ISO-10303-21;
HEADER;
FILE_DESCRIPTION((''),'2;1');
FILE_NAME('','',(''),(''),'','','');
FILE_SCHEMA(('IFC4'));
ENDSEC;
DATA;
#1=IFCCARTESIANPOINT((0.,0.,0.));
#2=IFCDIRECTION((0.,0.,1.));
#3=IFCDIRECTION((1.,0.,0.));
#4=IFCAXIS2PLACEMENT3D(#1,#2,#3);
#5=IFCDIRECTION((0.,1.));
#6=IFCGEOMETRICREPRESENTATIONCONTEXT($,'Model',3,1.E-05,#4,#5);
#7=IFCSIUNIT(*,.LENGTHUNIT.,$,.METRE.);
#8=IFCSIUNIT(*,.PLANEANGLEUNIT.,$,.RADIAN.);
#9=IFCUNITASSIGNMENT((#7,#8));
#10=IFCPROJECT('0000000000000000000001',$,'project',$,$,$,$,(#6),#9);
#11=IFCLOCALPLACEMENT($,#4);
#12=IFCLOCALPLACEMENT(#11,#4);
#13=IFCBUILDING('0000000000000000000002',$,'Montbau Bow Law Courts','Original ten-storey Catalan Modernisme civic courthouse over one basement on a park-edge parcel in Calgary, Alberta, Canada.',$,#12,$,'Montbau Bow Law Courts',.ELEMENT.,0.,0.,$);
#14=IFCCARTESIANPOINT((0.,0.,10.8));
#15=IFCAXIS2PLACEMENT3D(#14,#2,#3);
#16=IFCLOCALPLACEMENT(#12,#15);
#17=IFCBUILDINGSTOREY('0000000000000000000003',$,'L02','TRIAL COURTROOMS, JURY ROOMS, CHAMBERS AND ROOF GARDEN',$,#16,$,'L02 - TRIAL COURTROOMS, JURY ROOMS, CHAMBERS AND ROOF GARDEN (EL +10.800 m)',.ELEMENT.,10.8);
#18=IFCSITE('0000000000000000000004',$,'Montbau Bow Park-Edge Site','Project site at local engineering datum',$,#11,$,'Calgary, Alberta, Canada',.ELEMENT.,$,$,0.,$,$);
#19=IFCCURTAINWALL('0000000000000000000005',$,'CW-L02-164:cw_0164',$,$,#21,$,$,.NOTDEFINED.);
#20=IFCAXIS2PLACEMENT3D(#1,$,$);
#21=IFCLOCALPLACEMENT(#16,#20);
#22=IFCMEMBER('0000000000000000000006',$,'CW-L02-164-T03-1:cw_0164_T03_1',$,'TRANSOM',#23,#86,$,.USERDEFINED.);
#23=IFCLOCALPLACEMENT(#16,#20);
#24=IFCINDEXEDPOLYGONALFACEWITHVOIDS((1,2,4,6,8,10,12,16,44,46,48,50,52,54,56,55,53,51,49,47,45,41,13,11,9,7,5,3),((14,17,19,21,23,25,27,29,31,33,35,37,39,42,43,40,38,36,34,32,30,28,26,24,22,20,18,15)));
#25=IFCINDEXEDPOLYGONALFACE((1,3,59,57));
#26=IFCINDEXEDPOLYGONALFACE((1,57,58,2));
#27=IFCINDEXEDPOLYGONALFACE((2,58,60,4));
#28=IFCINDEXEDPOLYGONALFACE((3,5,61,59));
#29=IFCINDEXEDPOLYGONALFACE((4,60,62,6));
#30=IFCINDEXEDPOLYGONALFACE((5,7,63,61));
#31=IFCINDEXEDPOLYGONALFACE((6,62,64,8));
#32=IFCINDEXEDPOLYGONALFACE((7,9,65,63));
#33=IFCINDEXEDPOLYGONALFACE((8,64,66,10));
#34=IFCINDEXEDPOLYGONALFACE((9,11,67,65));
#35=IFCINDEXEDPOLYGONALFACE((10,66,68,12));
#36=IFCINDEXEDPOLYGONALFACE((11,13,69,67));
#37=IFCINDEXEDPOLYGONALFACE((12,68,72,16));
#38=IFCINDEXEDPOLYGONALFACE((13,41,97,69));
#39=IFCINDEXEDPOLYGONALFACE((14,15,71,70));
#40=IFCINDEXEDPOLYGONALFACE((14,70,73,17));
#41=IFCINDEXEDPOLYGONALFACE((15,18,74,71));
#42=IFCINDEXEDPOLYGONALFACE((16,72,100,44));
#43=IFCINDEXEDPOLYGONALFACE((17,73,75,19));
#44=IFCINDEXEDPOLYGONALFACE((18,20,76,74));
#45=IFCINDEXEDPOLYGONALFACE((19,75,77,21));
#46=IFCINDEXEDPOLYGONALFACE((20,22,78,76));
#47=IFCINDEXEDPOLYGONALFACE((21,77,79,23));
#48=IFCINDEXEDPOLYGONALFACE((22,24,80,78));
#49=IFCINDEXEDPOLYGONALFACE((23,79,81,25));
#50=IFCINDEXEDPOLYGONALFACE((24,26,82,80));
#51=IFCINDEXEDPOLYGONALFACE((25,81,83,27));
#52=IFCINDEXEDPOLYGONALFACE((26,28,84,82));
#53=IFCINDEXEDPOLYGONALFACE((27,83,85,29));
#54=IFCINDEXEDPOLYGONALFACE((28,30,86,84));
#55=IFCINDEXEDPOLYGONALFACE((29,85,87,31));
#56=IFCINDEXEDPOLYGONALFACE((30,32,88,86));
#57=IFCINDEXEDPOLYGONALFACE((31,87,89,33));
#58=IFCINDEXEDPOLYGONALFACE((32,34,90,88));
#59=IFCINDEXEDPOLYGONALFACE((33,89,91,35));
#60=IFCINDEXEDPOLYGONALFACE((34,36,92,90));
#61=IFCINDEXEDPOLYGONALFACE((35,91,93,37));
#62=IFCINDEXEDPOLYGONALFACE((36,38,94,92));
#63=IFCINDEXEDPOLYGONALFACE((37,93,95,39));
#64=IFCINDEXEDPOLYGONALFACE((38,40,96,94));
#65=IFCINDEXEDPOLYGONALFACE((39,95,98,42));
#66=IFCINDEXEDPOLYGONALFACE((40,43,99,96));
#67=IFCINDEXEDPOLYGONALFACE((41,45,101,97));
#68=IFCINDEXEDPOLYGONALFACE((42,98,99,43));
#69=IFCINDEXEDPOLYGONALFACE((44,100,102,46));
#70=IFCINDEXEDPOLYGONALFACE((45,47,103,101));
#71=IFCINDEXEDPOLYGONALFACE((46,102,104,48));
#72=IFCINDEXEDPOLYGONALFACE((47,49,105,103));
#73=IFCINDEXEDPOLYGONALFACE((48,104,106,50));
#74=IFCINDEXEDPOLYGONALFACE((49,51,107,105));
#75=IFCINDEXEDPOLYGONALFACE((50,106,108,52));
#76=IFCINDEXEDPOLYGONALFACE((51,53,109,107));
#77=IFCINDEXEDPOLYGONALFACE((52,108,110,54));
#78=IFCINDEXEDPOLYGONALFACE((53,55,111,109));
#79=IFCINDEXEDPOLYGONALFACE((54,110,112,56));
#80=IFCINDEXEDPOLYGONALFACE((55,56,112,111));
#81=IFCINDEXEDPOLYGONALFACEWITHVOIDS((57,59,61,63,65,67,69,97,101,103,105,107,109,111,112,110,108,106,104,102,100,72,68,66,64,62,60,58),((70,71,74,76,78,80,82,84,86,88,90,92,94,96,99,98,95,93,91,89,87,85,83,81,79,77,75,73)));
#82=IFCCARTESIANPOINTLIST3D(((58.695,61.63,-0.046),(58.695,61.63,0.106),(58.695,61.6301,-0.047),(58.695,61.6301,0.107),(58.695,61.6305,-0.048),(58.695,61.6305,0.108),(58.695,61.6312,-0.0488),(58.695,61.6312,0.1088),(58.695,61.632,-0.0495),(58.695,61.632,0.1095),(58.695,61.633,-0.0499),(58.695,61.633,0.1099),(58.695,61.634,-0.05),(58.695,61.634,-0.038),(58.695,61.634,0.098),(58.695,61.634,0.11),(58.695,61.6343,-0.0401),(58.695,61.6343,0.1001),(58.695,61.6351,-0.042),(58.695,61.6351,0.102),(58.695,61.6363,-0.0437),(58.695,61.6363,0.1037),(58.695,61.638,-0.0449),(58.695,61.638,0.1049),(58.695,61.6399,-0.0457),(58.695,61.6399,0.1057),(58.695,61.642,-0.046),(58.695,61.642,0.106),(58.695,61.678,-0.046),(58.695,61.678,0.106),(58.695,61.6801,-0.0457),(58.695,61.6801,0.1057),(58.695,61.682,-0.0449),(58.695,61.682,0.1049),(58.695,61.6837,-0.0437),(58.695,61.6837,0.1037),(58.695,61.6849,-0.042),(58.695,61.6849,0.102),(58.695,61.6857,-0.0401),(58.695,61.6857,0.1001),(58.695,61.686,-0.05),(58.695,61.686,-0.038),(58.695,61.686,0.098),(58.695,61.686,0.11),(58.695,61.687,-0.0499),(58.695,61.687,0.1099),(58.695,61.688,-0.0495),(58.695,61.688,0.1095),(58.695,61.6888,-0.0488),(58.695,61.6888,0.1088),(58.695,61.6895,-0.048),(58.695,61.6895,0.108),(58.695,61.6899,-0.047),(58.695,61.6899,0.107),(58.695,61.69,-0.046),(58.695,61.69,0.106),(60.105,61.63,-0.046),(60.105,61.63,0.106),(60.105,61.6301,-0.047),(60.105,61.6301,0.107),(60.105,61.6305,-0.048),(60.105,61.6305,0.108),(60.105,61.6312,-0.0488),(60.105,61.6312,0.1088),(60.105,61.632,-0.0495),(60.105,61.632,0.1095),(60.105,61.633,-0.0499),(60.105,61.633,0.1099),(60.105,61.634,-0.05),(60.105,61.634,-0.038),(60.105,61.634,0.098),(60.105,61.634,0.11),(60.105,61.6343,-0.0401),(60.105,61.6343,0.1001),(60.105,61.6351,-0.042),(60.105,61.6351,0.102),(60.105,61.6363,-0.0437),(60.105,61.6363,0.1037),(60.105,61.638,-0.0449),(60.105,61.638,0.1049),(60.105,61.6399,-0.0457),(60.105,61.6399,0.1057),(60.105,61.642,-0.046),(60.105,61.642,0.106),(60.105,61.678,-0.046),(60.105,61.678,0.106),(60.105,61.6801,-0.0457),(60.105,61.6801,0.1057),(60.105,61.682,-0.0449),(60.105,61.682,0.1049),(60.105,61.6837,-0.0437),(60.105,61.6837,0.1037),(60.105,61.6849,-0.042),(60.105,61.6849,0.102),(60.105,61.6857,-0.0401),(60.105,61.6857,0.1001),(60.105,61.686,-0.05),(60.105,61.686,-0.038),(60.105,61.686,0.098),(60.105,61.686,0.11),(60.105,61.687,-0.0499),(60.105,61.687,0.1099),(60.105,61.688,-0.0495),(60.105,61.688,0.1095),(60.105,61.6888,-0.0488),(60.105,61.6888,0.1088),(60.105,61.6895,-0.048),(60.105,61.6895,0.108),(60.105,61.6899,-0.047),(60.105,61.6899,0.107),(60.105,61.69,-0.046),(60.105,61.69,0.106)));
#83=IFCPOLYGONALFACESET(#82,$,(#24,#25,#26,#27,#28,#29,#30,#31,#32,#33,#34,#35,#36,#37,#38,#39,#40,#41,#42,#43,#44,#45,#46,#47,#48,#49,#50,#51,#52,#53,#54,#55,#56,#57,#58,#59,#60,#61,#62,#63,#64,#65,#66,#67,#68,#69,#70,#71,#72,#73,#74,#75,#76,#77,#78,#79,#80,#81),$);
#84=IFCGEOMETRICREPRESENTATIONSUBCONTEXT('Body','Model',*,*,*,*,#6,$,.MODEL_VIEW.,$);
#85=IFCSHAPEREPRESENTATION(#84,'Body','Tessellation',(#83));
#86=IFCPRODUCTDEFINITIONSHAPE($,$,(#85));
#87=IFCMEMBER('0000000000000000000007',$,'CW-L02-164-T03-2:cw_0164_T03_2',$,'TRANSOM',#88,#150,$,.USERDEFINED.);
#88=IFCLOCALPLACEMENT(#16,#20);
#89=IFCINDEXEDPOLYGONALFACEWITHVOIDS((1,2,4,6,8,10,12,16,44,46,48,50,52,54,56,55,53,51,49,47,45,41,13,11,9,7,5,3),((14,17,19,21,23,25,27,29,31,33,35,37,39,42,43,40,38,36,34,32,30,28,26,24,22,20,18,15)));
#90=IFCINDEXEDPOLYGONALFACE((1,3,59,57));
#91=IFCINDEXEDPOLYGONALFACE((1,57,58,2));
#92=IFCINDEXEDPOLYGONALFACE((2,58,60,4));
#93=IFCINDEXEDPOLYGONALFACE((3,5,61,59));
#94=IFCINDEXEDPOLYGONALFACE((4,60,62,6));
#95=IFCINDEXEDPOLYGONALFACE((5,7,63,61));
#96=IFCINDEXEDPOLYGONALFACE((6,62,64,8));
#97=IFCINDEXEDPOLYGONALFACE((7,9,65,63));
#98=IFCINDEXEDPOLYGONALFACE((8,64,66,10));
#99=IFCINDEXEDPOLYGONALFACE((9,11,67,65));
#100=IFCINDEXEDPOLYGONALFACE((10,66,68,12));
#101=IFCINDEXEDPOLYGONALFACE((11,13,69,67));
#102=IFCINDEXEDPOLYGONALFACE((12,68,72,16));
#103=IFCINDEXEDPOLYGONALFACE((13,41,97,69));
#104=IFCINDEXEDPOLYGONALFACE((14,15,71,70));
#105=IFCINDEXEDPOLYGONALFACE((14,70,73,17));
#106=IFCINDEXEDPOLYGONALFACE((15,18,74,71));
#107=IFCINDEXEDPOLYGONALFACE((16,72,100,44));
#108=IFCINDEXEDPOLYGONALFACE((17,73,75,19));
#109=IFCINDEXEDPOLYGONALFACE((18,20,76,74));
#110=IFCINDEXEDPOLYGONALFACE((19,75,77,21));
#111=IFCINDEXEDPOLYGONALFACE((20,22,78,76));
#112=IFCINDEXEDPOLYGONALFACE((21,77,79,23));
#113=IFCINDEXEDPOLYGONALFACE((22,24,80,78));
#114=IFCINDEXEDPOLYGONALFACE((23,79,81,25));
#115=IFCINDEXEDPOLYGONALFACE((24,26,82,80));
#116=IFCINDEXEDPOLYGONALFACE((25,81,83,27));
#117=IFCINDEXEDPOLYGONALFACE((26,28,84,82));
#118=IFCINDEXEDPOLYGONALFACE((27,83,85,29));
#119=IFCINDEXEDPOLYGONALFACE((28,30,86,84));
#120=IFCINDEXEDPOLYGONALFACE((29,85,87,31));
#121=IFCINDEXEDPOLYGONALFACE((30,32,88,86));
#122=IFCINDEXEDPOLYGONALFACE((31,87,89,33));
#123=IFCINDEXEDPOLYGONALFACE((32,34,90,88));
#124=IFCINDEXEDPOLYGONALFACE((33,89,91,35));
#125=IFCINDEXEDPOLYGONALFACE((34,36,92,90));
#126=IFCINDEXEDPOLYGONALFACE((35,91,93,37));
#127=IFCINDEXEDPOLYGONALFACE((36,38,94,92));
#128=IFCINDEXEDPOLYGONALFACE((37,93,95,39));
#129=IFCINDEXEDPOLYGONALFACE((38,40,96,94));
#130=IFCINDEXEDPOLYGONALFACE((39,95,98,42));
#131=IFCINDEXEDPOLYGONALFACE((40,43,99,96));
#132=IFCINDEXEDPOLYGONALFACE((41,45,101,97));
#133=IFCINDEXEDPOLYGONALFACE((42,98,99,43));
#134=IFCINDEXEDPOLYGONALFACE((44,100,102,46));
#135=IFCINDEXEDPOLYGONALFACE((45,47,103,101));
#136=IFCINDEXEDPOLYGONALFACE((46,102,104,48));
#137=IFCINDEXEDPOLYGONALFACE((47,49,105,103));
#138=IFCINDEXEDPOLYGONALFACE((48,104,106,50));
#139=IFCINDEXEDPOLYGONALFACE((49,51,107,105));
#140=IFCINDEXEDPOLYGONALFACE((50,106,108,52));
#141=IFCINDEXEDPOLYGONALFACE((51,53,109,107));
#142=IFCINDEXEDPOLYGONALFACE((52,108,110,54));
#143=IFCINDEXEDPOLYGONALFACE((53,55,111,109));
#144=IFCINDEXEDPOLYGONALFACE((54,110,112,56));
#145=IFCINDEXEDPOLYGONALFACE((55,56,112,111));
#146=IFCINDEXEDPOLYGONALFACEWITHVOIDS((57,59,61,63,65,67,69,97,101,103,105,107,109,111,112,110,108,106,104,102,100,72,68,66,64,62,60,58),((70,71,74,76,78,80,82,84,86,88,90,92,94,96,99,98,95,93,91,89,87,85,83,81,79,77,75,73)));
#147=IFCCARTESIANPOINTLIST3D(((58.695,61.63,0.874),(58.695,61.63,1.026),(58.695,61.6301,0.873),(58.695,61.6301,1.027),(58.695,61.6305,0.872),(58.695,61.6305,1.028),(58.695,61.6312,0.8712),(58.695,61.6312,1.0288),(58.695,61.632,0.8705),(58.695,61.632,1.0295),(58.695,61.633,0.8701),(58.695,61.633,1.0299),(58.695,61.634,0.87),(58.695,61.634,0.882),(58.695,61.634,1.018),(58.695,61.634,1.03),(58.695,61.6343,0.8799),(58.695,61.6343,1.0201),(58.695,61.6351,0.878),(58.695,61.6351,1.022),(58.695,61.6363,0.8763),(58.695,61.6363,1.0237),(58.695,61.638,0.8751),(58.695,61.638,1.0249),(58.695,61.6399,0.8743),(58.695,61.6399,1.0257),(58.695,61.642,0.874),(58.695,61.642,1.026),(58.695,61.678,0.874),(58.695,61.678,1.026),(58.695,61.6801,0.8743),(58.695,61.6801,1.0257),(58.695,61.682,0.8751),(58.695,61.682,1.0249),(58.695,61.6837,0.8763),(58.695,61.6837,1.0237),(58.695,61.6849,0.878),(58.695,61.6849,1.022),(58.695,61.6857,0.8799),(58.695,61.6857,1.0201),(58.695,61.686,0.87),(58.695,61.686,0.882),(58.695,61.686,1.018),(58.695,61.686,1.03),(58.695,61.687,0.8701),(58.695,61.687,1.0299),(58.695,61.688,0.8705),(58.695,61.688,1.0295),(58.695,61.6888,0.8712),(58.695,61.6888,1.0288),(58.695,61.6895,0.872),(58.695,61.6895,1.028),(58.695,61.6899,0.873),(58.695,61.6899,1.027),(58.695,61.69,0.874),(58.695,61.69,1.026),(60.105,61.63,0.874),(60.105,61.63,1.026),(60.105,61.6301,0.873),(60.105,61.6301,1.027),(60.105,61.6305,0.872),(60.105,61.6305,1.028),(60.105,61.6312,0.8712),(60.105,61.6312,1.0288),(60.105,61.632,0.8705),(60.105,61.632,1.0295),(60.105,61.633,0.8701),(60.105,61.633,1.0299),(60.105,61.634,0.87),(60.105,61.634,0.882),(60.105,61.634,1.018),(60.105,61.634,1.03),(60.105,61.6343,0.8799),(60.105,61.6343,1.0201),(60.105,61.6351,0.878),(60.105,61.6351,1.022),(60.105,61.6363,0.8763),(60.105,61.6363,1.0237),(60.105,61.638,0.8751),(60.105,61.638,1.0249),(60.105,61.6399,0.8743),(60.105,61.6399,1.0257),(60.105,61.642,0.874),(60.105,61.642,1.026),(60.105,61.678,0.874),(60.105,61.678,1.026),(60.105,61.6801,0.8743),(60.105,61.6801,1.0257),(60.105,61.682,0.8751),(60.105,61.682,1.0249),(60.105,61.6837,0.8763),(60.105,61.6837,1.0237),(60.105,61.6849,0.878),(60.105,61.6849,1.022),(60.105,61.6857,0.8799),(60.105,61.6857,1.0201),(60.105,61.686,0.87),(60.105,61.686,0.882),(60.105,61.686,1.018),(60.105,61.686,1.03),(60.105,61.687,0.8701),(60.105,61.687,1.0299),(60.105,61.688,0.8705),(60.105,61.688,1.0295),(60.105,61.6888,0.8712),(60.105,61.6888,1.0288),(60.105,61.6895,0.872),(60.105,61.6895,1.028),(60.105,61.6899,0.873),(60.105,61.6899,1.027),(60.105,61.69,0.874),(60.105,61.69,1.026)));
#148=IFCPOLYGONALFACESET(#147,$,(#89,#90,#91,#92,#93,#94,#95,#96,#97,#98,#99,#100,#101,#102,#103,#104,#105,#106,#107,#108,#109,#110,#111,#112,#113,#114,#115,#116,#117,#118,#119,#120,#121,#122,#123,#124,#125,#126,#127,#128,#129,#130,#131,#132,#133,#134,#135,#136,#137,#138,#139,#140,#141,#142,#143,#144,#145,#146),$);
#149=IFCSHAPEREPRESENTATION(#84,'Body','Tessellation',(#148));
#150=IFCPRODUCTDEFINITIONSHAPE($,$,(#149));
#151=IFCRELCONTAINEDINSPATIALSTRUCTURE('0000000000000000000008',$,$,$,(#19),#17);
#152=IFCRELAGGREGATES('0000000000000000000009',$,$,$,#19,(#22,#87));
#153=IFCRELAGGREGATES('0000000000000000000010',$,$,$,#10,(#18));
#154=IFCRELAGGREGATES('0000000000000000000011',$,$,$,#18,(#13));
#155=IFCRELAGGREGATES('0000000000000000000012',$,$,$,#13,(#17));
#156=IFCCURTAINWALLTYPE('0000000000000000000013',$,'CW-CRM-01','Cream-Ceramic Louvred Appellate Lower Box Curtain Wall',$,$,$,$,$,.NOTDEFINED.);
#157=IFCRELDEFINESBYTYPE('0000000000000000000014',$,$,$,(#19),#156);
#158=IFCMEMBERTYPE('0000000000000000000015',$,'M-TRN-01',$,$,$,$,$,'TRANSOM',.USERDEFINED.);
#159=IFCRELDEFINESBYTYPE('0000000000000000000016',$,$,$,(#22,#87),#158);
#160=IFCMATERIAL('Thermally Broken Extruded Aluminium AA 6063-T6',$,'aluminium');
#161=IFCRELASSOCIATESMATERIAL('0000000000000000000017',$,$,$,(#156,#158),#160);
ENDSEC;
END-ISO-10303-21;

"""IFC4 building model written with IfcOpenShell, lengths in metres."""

from ifc_helpers import new_model, si_unit, direction, frame, origin_with_axes, origin_2d_with_axis, place, context, subcontext, project, spatial, hollow_rectangle, extrude, material, material_profile, profile_set, type_object, element, aggregate, save


model = new_model("IFC4")

# Units and contexts
model_context = context("Model", 3, precision=1e-05, world=origin_with_axes(), true_north=direction((0.0, 1.0)))
body_context = subcontext(model_context, "Body", "Model", "MODEL_VIEW")
ifc_project = project(units=[si_unit("LENGTHUNIT", "METRE"), si_unit("PLANEANGLEUNIT", "RADIAN")], contexts=[model_context])

# Site, building, storey
site_placement = place(None, origin_with_axes())
site = spatial("IfcSite", under=ifc_project, at=site_placement, Name="Montbau Bow Park-Edge Site", Description="Project site at local engineering datum", LongName="Calgary, Alberta, Canada", CompositionType="ELEMENT", RefElevation=0.0)
building_placement = place(site_placement, origin_with_axes())
building = spatial("IfcBuilding", under=site, at=building_placement, Name="Montbau Bow Law Courts", Description="Original ten-storey Catalan Modernisme civic courthouse over one basement on a park-edge parcel in Calgary, Alberta, Canada.", LongName="Montbau Bow Law Courts", CompositionType="ELEMENT", ElevationOfRefHeight=0.0, ElevationOfTerrain=0.0)
storey_placement = place(building_placement, frame((0.0, 0.0, 10.8), z_axis=(0.0, 0.0, 1.0), x_axis=(1.0, 0.0, 0.0)))
storey = spatial("IfcBuildingStorey", under=building, at=storey_placement, Name="L02", Description="TRIAL COURTROOMS, JURY ROOMS, CHAMBERS AND ROOF GARDEN", LongName="L02 - TRIAL COURTROOMS, JURY ROOMS, CHAMBERS AND ROOF GARDEN (EL +10.800 m)", CompositionType="ELEMENT", Elevation=10.8)

# Curtain wall, members
ifc_material_1 = material(Name="Thermally Broken Extruded Aluminium AA 6063-T6", Category="aluminium")
curtain_wall_type = type_object("IfcCurtainWallType", Name="CW-CRM-01", Description="Cream-Ceramic Louvred Appellate Lower Box Curtain Wall", PredefinedType="NOTDEFINED", material=ifc_material_1)
curtain_wall_1_placement = place(None, frame((55.715, 61.66, 10.8), z_axis=(0.0, 0.0, 1.0), x_axis=(1.0, 0.0, 0.0)))
curtain_wall_1 = element("IfcCurtainWall", 1, at=curtain_wall_1_placement, inside=storey, type_object=curtain_wall_type, Name="CW-L02-164:cw_0164", PredefinedType="NOTDEFINED")
ifc_material_profile_1 = material_profile(ifc_material_1, hollow_rectangle(XDim=0.06, YDim=0.16, WallThickness=0.004, InnerFilletRadius=0.008, OuterFilletRadius=0.004, at=origin_2d_with_axis()), Name="CWT-160X60", Category="Main", Priority=0)
ifc_profile_set_1 = profile_set([ifc_material_profile_1], Name="Thermally Broken Extruded Aluminium AA 6063-T6")
member_type_1 = type_object("IfcMemberType", Name="M-TRN-01", ElementType="TRANSOM", PredefinedType="USERDEFINED", material=ifc_profile_set_1)
member_1_placement = place(None, frame((58.695, 61.66, 10.83), z_axis=(1.0, 0.0, 0.0), x_axis=(0.0, 1.0, 0.0)))
member_1 = element("IfcMember", 2, at=member_1_placement, type_object=member_type_1, Name="CW-L02-164-T03-1:cw_0164_T03_1", ObjectType="TRANSOM", PredefinedType="USERDEFINED", context=body_context, shape_type="SweptSolid", body=[
    extrude(hollow_rectangle(XDim=0.06, YDim=0.16, WallThickness=0.004, InnerFilletRadius=0.008, OuterFilletRadius=0.004, at=origin_2d_with_axis()), origin_with_axes(), (0.0, 0.0, 1.0), 1.41),
])
member_2_placement = place(None, frame((58.695, 61.66, 11.75), z_axis=(1.0, 0.0, 0.0), x_axis=(0.0, 1.0, 0.0)))
member_2 = element("IfcMember", 3, at=member_2_placement, type_object=member_type_1, Name="CW-L02-164-T03-2:cw_0164_T03_2", ObjectType="TRANSOM", PredefinedType="USERDEFINED", context=body_context, shape_type="SweptSolid", body=[
    extrude(hollow_rectangle(XDim=0.06, YDim=0.16, WallThickness=0.004, InnerFilletRadius=0.008, OuterFilletRadius=0.004, at=origin_2d_with_axis()), origin_with_axes(), (0.0, 0.0, 1.0), 1.41),
])

aggregate(curtain_wall_1, [member_1, member_2])

save(model, "model.ifc")
